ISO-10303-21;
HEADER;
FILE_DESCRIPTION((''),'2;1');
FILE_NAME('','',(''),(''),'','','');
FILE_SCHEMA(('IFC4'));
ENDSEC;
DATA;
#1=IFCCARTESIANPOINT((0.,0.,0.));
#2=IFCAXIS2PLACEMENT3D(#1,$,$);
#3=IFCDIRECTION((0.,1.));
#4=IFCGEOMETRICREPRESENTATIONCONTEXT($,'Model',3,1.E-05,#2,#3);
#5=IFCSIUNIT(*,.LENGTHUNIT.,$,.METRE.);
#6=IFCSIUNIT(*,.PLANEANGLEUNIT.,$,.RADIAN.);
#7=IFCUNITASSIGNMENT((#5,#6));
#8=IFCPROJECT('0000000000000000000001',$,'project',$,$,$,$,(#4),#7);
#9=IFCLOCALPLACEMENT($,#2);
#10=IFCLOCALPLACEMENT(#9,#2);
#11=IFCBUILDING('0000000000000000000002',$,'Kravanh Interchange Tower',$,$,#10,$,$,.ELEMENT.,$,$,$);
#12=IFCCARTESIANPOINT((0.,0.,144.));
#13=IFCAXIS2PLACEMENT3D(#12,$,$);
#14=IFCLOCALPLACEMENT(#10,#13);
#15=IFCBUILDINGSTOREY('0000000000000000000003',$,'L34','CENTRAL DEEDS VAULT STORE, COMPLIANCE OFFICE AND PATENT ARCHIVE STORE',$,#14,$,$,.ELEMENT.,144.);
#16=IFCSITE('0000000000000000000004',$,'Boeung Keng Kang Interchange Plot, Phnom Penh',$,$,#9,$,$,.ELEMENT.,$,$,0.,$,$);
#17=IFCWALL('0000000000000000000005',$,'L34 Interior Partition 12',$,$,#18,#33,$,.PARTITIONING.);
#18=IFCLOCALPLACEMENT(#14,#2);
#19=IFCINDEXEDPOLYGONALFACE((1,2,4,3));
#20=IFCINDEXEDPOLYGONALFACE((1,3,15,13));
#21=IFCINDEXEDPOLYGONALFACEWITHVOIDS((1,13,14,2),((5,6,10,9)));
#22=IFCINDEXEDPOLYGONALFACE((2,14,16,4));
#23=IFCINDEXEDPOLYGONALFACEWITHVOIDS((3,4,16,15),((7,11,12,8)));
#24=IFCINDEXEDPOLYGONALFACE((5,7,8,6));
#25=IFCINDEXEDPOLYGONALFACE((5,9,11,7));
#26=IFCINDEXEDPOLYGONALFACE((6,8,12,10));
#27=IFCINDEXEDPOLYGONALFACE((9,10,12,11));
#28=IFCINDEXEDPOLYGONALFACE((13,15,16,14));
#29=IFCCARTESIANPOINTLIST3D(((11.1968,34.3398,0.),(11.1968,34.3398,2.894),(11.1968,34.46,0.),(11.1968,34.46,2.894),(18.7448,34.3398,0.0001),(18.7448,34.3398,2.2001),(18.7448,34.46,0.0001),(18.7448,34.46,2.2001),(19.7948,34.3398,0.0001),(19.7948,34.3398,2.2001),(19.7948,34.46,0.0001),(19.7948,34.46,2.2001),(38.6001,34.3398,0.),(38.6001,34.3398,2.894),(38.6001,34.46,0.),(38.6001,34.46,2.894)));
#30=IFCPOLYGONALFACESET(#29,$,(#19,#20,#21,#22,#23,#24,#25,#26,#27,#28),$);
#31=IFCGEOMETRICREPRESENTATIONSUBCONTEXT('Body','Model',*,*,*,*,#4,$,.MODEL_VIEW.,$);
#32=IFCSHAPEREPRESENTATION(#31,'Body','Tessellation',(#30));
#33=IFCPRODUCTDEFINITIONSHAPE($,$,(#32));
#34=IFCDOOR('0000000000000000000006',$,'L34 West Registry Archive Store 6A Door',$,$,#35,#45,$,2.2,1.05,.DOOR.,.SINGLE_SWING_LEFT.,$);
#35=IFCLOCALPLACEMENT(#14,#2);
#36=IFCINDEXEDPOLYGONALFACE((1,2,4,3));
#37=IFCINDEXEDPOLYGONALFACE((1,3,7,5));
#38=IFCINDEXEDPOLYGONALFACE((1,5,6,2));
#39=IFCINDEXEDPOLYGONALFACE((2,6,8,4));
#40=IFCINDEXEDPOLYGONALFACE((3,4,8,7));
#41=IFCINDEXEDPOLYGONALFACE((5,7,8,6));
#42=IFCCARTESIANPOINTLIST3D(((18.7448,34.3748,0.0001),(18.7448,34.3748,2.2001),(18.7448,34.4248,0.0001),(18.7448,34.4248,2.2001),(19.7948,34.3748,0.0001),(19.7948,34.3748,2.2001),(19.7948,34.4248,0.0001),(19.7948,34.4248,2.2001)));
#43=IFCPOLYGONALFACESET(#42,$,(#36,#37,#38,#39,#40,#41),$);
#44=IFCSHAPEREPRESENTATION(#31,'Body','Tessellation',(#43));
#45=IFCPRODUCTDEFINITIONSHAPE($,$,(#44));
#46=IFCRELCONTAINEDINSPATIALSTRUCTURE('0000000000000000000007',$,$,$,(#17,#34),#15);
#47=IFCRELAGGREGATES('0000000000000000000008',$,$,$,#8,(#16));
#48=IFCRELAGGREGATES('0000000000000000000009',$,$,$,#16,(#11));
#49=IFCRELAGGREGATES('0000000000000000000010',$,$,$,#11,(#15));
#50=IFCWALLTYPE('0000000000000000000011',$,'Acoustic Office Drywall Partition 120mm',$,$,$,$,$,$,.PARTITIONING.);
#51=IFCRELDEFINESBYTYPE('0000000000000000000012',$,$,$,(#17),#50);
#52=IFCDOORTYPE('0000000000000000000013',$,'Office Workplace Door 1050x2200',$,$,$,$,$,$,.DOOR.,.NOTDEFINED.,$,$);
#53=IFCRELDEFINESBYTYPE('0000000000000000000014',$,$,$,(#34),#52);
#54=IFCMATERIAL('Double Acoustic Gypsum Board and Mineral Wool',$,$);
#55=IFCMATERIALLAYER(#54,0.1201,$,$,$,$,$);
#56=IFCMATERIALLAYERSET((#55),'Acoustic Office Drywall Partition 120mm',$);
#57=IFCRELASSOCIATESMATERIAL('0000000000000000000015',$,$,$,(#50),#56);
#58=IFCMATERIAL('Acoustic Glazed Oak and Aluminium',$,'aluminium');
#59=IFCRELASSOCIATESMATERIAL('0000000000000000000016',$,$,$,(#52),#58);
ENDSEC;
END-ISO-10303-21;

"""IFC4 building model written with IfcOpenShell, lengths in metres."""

from ifc_helpers import new_model, si_unit, direction, frame, frame_2d, origin, place, context, subcontext, project, spatial, rectangle, extrude, material, layer, layer_set, type_object, element, fill, save


model = new_model("IFC4")

# Units and contexts
model_context = context("Model", 3, precision=1e-05, world=origin(), true_north=direction((0.0, 1.0)))
body_context = subcontext(model_context, "Body", "Model", "MODEL_VIEW")
ifc_project = project(units=[si_unit("LENGTHUNIT", "METRE"), si_unit("PLANEANGLEUNIT", "RADIAN")], contexts=[model_context])

# Site, building, storey
site_placement = place(None, origin())
site = spatial("IfcSite", under=ifc_project, at=site_placement, Name="Boeung Keng Kang Interchange Plot, Phnom Penh", CompositionType="ELEMENT", RefElevation=0.0)
building_placement = place(site_placement, origin())
building = spatial("IfcBuilding", under=site, at=building_placement, Name="Kravanh Interchange Tower", CompositionType="ELEMENT")
storey_placement = place(building_placement, frame((0.0, 0.0, 144.0)))
storey = spatial("IfcBuildingStorey", under=building, at=storey_placement, Name="L34", Description="CENTRAL DEEDS VAULT STORE, COMPLIANCE OFFICE AND PATENT ARCHIVE STORE", CompositionType="ELEMENT", Elevation=144.0)

# Wall, opening, door
ifc_material_1 = material(Name="Double Acoustic Gypsum Board and Mineral Wool")
ifc_layer_1 = layer(ifc_material_1, 0.1201)
ifc_layer_set_1 = layer_set([ifc_layer_1], Name="Acoustic Office Drywall Partition 120mm")
wall_type = type_object("IfcWallType", Name="Acoustic Office Drywall Partition 120mm", PredefinedType="PARTITIONING", material=ifc_layer_set_1)
wall_placement = place(storey_placement, frame((11.1968, 34.3999, 0.0), z_axis=(0.0, 0.0, 1.0), x_axis=(1.0, 0.0, 0.0)))
wall = element("IfcWall", 1, at=wall_placement, inside=storey, type_object=wall_type, Name="L34 Interior Partition 12", PredefinedType="PARTITIONING", context=body_context, shape_type="SweptSolid", body=[
    extrude(rectangle(XDim=27.4033, YDim=0.1201, at=frame_2d((13.7017, 0.0))), origin(), (0.0, 0.0, 1.0), 2.894),
])
opening_placement = place(wall_placement, frame((7.5481, 0.0, 0.0)))
opening = element("IfcOpeningElement", 2, at=opening_placement, cuts=wall, PredefinedType="OPENING", context=body_context, shape_type="SweptSolid", body=[
    extrude(rectangle(XDim=1.05, YDim=2.2, at=frame_2d((0.5249, 1.1001))), frame((0.0, 0.0701, 0.0), z_axis=(0.0, -1.0, 0.0), x_axis=(1.0, 0.0, 0.0)), (0.0, 0.0, 1.0), 0.1401),
])
ifc_material_2 = material(Name="Acoustic Glazed Oak and Aluminium", Category="aluminium")
door_type = type_object("IfcDoorType", Name="Office Workplace Door 1050x2200", OperationType="NOTDEFINED", PredefinedType="DOOR", material=ifc_material_2)
door_placement = place(opening_placement, origin())
door = element("IfcDoor", 3, at=door_placement, inside=storey, type_object=door_type, Name="L34 West Registry Archive Store 6A Door", OperationType="SINGLE_SWING_LEFT", OverallHeight=2.2, OverallWidth=1.05, PredefinedType="DOOR", context=body_context, shape_type="SweptSolid", body=[
    extrude(rectangle(XDim=1.05, YDim=2.2, at=frame_2d((0.5249, 1.1001))), frame((0.0, 0.0249, 0.0), z_axis=(0.0, -1.0, 0.0), x_axis=(1.0, 0.0, 0.0)), (0.0, 0.0, 1.0), 0.05),
])
fill(opening, door)

save(model, "model.ifc")
